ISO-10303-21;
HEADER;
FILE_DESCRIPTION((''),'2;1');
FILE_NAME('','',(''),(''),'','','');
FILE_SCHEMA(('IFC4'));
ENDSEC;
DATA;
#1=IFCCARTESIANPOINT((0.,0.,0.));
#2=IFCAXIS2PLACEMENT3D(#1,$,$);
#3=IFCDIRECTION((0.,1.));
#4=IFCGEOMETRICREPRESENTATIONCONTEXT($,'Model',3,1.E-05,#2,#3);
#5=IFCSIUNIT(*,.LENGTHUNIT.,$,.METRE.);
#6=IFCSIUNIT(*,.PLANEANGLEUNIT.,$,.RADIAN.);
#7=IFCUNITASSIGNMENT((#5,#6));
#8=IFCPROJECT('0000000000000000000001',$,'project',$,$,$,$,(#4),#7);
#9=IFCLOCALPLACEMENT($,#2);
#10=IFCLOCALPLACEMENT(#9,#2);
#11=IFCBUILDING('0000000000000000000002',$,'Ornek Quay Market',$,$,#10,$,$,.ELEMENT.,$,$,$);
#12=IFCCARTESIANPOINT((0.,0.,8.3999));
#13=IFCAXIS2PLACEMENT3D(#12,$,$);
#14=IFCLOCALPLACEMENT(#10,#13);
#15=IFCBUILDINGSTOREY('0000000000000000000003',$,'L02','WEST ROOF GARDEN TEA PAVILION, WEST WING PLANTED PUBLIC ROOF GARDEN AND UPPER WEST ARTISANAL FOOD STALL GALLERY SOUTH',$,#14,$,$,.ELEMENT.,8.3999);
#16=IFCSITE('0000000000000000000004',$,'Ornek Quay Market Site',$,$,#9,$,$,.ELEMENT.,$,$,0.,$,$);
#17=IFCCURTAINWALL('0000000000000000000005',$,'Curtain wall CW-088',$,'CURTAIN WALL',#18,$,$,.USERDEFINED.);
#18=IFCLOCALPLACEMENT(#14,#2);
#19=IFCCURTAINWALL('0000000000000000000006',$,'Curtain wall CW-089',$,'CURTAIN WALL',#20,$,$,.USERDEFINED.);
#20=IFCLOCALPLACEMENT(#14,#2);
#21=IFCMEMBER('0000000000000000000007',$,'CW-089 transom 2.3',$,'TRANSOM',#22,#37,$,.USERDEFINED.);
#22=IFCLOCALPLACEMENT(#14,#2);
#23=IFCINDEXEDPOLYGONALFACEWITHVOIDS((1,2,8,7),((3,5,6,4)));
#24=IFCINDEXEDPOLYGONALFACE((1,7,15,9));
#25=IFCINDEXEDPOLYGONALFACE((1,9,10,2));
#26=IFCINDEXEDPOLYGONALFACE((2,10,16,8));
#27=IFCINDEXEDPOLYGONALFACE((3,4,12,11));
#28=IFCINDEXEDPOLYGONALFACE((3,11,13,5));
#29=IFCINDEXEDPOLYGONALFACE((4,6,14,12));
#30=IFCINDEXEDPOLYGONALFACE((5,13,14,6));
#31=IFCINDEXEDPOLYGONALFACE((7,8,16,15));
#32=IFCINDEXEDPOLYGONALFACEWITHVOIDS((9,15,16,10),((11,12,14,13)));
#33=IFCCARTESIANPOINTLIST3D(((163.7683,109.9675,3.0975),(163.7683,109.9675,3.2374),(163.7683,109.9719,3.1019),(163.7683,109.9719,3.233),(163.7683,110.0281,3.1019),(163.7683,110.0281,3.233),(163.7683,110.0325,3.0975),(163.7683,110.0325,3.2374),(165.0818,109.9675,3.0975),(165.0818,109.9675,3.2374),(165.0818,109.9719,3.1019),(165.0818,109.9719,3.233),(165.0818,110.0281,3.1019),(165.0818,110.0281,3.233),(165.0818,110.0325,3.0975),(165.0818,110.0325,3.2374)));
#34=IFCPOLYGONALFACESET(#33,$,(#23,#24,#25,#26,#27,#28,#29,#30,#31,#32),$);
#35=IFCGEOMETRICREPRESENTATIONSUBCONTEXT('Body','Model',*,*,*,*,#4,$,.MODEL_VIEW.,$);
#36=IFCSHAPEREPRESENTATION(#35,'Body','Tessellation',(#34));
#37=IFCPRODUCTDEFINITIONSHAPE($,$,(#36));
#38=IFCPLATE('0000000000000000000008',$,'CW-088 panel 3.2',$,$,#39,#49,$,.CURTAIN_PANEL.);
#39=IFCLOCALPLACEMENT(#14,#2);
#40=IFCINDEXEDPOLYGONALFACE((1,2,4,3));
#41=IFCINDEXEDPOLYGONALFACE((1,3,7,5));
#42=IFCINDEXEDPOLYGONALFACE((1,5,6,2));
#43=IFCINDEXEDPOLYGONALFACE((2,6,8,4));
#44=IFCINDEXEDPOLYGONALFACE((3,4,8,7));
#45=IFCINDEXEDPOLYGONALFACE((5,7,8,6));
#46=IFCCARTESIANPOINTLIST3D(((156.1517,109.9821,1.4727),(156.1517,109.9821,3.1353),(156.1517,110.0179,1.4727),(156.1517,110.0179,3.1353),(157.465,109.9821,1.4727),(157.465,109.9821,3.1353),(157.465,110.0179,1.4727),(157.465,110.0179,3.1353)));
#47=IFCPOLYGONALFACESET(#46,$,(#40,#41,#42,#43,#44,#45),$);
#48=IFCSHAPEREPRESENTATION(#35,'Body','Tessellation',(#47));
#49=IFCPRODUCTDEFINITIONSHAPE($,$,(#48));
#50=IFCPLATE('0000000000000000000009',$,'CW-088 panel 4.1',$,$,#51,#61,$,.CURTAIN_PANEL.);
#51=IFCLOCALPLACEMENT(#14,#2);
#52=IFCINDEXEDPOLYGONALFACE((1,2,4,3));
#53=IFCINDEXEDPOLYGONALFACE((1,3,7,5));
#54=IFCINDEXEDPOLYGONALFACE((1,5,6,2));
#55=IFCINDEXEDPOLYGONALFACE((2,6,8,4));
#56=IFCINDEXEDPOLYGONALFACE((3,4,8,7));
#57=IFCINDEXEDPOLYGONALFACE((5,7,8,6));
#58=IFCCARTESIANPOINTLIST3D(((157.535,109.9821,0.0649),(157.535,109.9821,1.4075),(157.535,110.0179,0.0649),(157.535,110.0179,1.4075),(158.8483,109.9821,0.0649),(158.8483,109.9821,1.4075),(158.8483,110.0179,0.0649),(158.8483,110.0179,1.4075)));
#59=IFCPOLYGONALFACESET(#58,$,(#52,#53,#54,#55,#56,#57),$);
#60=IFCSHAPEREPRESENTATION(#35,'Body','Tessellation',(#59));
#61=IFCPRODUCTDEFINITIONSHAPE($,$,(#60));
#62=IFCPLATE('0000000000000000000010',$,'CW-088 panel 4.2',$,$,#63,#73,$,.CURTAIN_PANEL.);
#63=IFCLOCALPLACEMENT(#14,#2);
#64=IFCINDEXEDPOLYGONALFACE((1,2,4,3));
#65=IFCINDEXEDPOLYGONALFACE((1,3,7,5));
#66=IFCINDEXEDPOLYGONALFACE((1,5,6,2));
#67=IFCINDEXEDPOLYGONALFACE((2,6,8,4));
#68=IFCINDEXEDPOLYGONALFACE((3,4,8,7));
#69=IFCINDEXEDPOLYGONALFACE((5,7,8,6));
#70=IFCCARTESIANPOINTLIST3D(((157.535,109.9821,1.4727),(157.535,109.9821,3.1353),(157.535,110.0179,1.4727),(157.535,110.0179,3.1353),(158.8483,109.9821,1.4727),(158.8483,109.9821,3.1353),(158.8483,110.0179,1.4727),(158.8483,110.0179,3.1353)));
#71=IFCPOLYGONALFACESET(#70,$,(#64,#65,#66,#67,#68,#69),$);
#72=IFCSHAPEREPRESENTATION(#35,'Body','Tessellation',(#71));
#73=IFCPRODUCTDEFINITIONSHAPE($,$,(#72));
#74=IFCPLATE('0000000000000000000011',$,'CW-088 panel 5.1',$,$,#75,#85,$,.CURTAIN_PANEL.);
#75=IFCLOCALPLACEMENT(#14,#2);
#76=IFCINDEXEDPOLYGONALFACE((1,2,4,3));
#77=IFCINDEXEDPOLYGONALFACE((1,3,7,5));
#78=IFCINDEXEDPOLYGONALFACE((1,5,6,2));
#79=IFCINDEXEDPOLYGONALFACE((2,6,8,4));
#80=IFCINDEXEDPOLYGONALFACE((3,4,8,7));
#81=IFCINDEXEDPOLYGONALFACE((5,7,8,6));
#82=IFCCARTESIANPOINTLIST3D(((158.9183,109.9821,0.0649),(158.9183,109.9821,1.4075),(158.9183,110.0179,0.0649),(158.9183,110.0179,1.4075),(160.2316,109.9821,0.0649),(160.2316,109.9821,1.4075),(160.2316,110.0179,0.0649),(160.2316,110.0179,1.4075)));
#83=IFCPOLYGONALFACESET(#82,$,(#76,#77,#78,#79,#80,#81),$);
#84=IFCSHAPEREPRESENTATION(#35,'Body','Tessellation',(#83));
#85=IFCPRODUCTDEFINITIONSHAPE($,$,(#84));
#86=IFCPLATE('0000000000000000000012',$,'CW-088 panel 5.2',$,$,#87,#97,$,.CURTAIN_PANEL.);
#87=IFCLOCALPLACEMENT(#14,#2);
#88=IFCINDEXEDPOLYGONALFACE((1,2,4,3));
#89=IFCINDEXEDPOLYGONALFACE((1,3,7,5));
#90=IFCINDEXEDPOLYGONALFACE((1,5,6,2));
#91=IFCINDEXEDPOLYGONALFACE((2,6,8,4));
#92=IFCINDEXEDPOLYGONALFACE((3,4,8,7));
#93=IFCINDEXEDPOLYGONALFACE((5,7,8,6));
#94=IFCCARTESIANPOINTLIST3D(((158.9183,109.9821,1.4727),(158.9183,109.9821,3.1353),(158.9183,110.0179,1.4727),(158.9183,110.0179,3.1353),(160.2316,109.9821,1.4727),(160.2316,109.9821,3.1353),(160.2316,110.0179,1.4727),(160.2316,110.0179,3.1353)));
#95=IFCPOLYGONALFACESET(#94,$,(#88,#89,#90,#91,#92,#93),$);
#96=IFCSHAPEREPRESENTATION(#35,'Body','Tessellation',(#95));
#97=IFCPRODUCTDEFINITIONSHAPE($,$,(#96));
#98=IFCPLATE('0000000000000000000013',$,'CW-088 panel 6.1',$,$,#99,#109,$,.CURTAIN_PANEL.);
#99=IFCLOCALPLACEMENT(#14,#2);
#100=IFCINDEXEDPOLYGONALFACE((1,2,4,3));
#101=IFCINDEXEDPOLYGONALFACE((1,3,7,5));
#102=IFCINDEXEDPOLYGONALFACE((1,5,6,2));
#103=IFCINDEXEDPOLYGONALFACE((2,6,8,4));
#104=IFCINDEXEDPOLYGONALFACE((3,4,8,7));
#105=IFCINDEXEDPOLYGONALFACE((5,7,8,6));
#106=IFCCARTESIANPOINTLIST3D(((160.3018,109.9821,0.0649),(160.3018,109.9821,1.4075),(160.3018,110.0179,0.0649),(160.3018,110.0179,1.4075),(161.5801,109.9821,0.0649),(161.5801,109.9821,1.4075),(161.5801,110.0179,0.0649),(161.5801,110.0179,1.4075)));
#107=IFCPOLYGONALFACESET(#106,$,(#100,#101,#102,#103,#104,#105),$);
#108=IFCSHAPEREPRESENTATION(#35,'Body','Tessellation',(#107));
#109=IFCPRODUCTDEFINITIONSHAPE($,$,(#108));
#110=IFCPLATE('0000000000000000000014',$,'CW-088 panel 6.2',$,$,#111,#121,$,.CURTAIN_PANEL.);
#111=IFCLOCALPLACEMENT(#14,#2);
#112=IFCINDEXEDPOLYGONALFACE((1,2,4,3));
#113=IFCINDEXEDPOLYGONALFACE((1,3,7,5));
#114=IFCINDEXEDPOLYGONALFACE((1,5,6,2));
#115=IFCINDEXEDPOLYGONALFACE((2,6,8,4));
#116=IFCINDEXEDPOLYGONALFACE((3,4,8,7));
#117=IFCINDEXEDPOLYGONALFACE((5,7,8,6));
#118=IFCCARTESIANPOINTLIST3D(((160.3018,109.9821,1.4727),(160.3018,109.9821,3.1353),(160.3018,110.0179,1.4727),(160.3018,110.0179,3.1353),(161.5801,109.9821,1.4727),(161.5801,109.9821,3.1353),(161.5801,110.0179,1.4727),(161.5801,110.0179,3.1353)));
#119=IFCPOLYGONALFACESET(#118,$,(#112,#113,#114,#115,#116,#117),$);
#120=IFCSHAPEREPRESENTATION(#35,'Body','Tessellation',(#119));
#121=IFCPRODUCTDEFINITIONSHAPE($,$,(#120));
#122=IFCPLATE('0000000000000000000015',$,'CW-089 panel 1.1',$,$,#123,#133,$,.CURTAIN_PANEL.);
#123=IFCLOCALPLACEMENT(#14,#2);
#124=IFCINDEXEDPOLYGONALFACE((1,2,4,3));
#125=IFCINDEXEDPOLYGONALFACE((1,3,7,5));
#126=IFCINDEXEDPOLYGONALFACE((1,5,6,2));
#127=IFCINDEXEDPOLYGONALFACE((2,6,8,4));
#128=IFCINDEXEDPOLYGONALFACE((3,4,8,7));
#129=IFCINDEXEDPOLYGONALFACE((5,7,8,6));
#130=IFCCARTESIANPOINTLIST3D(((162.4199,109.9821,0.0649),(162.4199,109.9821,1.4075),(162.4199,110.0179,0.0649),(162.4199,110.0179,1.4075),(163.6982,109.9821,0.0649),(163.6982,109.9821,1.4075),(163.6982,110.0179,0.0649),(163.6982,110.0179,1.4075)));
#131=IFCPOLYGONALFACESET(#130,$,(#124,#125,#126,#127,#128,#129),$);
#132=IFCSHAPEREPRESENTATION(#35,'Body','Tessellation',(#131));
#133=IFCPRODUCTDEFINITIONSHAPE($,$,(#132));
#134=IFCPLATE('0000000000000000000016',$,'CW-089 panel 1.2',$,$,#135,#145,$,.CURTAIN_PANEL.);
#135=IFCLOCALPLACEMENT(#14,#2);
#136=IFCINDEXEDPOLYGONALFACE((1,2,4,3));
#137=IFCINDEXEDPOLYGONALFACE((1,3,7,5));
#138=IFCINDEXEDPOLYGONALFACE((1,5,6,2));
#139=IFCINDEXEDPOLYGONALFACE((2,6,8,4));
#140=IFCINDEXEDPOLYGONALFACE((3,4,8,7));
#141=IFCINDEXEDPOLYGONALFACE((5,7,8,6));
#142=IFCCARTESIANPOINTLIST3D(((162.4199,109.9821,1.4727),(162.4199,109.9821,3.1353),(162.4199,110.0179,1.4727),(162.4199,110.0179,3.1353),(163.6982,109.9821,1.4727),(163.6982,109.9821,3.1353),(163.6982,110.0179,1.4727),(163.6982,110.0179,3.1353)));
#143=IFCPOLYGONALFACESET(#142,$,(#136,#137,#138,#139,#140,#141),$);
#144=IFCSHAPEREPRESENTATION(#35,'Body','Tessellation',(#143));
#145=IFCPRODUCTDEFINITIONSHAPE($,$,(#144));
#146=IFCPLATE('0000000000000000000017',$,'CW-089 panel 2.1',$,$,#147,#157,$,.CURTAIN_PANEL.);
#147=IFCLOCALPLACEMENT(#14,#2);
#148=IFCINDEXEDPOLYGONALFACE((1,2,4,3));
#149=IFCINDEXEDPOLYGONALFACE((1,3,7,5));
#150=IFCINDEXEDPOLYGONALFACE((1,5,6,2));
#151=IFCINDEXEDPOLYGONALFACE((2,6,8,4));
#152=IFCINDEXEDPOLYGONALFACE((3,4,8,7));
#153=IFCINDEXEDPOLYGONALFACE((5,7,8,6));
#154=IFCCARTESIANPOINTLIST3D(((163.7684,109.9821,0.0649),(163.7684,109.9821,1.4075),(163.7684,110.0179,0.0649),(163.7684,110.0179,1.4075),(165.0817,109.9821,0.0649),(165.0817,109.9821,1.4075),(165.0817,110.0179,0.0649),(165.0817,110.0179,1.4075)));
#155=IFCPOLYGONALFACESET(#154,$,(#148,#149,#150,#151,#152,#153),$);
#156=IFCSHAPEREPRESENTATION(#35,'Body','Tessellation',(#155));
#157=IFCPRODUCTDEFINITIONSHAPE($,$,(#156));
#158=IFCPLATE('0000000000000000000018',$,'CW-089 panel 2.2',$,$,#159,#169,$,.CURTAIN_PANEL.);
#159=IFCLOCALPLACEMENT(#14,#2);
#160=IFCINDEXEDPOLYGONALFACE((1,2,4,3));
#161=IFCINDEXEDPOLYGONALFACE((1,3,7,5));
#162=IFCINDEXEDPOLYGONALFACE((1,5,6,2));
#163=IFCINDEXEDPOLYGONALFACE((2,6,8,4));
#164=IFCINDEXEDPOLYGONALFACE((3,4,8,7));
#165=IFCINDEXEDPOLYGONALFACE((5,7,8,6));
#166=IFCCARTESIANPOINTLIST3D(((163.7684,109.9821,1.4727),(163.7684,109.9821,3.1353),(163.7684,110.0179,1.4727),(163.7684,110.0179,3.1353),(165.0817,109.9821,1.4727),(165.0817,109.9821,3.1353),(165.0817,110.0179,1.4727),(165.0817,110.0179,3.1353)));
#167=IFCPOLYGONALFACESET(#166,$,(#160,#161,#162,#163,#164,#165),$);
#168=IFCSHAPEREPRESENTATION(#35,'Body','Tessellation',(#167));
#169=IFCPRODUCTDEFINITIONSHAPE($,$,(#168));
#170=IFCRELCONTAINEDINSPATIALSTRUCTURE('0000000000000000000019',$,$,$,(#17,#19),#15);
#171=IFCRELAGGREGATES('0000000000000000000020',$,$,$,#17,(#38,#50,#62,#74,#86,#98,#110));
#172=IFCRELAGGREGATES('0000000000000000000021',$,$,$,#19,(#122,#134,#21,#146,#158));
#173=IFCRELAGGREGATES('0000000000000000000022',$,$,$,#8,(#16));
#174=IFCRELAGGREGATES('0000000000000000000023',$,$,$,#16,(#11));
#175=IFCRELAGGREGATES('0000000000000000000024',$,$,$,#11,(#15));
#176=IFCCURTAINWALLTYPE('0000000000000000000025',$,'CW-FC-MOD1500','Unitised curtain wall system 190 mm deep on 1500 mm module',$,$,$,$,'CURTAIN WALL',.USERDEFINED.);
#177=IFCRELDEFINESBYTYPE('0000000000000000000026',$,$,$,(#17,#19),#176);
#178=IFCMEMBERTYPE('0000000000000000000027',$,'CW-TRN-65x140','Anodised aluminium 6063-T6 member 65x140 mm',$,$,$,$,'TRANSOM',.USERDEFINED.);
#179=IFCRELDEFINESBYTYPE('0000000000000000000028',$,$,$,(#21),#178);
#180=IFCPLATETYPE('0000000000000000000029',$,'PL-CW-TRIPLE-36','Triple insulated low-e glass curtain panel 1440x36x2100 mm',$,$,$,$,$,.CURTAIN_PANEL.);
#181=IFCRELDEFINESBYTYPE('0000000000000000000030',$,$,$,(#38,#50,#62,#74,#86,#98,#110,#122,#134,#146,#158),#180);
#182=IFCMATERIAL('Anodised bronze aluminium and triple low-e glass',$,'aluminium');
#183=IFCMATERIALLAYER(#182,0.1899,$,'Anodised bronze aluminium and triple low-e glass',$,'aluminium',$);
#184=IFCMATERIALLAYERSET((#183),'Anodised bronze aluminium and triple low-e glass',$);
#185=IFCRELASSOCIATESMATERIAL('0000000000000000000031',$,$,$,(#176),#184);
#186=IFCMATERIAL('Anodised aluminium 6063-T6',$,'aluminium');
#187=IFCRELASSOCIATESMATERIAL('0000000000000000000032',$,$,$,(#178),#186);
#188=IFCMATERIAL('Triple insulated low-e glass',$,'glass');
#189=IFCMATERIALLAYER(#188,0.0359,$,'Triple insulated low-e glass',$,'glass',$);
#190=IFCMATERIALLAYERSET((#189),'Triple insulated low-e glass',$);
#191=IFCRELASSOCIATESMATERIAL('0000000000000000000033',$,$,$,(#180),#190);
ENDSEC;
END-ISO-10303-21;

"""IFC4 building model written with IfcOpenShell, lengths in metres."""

from ifc_helpers import new_model, si_unit, direction, frame, origin, origin_2d, place, context, subcontext, project, spatial, rectangle, hollow_rectangle, extrude, material, layer, layer_set, material_profile, profile_set, type_object, element, aggregate, save


model = new_model("IFC4")

# Units and contexts
model_context = context("Model", 3, precision=1e-05, world=origin(), true_north=direction((0.0, 1.0)))
body_context = subcontext(model_context, "Body", "Model", "MODEL_VIEW")
ifc_project = project(units=[si_unit("LENGTHUNIT", "METRE"), si_unit("PLANEANGLEUNIT", "RADIAN")], contexts=[model_context])

# Site, building, storey
site_placement = place(None, origin())
site = spatial("IfcSite", under=ifc_project, at=site_placement, Name="Ornek Quay Market Site", CompositionType="ELEMENT", RefElevation=0.0)
building_placement = place(site_placement, origin())
building = spatial("IfcBuilding", under=site, at=building_placement, Name="Ornek Quay Market", CompositionType="ELEMENT")
storey_placement = place(building_placement, frame((0.0, 0.0, 8.3999)))
storey = spatial("IfcBuildingStorey", under=building, at=storey_placement, Name="L02", Description="WEST ROOF GARDEN TEA PAVILION, WEST WING PLANTED PUBLIC ROOF GARDEN AND UPPER WEST ARTISANAL FOOD STALL GALLERY SOUTH", CompositionType="ELEMENT", Elevation=8.3999)

# Curtain walls
ifc_material_1 = material(Name="Anodised bronze aluminium and triple low-e glass", Category="aluminium")
ifc_layer_1 = layer(ifc_material_1, 0.1899, Name="Anodised bronze aluminium and triple low-e glass", Category="aluminium")
ifc_layer_set_1 = layer_set([ifc_layer_1], Name="Anodised bronze aluminium and triple low-e glass")
curtain_wall_type = type_object("IfcCurtainWallType", Name="CW-FC-MOD1500", Description="Unitised curtain wall system 190 mm deep on 1500 mm module", ElementType="CURTAIN WALL", PredefinedType="USERDEFINED", material=ifc_layer_set_1)
curtain_wall_1_placement = place(storey_placement, origin())
curtain_wall_1 = element("IfcCurtainWall", 1, at=curtain_wall_1_placement, inside=storey, type_object=curtain_wall_type, Name="Curtain wall CW-088", ObjectType="CURTAIN WALL", PredefinedType="USERDEFINED")
ifc_material_2 = material(Name="Anodised aluminium 6063-T6", Category="aluminium")
curtain_wall_2_placement = place(storey_placement, origin())
curtain_wall_2 = element("IfcCurtainWall", 2, at=curtain_wall_2_placement, inside=storey, type_object=curtain_wall_type, Name="Curtain wall CW-089", ObjectType="CURTAIN WALL", PredefinedType="USERDEFINED")

# Member
ifc_material_profile_1 = material_profile(ifc_material_2, hollow_rectangle(XDim=0.0649, YDim=0.1399, WallThickness=0.0044, at=origin_2d()), Name="CW-TRN-65x140", Category="aluminium")
ifc_profile_set_1 = profile_set([ifc_material_profile_1], Name="Anodised aluminium 6063-T6")
member_type_1 = type_object("IfcMemberType", Name="CW-TRN-65x140", Description="Anodised aluminium 6063-T6 member 65x140 mm", ElementType="TRANSOM", PredefinedType="USERDEFINED", material=ifc_profile_set_1)
member_1_placement = place(storey_placement, frame((163.7683, 110.0, 3.1675), z_axis=(1.0, 0.0, 0.0), x_axis=(0.0, 1.0, 0.0)))
member_1 = element("IfcMember", 3, at=member_1_placement, type_object=member_type_1, Name="CW-089 transom 2.3", ObjectType="TRANSOM", PredefinedType="USERDEFINED", context=body_context, shape_type="SweptSolid", body=[
    extrude(hollow_rectangle(XDim=0.0649, YDim=0.1399, WallThickness=0.0044, at=origin_2d()), origin(), (0.0, 0.0, 1.0), 1.3135),
])

# Plates
ifc_material_3 = material(Name="Triple insulated low-e glass", Category="glass")
ifc_layer_2 = layer(ifc_material_3, 0.0359, Name="Triple insulated low-e glass", Category="glass")
ifc_layer_set_2 = layer_set([ifc_layer_2], Name="Triple insulated low-e glass")
plate_type = type_object("IfcPlateType", Name="PL-CW-TRIPLE-36", Description="Triple insulated low-e glass curtain panel 1440x36x2100 mm", PredefinedType="CURTAIN_PANEL", material=ifc_layer_set_2)
plate_1_placement = place(storey_placement, frame((156.8083, 110.0, 1.4727), z_axis=(0.0, 0.0, 1.0), x_axis=(1.0, 0.0, 0.0)))
plate_1 = element("IfcPlate", 4, at=plate_1_placement, type_object=plate_type, Name="CW-088 panel 3.2", PredefinedType="CURTAIN_PANEL", context=body_context, shape_type="SweptSolid", body=[
    extrude(rectangle(XDim=1.3132, YDim=0.0359, at=origin_2d()), origin(), (0.0, 0.0, 1.0), 1.6626),
])
plate_2_placement = place(storey_placement, frame((158.1917, 110.0, 0.0649), z_axis=(0.0, 0.0, 1.0), x_axis=(1.0, 0.0, 0.0)))
plate_2 = element("IfcPlate", 5, at=plate_2_placement, type_object=plate_type, Name="CW-088 panel 4.1", PredefinedType="CURTAIN_PANEL", context=body_context, shape_type="SweptSolid", body=[
    extrude(rectangle(XDim=1.3132, YDim=0.0359, at=origin_2d()), origin(), (0.0, 0.0, 1.0), 1.3425),
])
plate_3_placement = place(storey_placement, frame((158.1917, 110.0, 1.4727), z_axis=(0.0, 0.0, 1.0), x_axis=(1.0, 0.0, 0.0)))
plate_3 = element("IfcPlate", 6, at=plate_3_placement, type_object=plate_type, Name="CW-088 panel 4.2", PredefinedType="CURTAIN_PANEL", context=body_context, shape_type="SweptSolid", body=[
    extrude(rectangle(XDim=1.3132, YDim=0.0359, at=origin_2d()), origin(), (0.0, 0.0, 1.0), 1.6626),
])
plate_4_placement = place(storey_placement, frame((159.575, 110.0, 0.0649), z_axis=(0.0, 0.0, 1.0), x_axis=(1.0, 0.0, 0.0)))
plate_4 = element("IfcPlate", 7, at=plate_4_placement, type_object=plate_type, Name="CW-088 panel 5.1", PredefinedType="CURTAIN_PANEL", context=body_context, shape_type="SweptSolid", body=[
    extrude(rectangle(XDim=1.3132, YDim=0.0359, at=origin_2d()), origin(), (0.0, 0.0, 1.0), 1.3425),
])
plate_5_placement = place(storey_placement, frame((159.575, 110.0, 1.4727), z_axis=(0.0, 0.0, 1.0), x_axis=(1.0, 0.0, 0.0)))
plate_5 = element("IfcPlate", 8, at=plate_5_placement, type_object=plate_type, Name="CW-088 panel 5.2", PredefinedType="CURTAIN_PANEL", context=body_context, shape_type="SweptSolid", body=[
    extrude(rectangle(XDim=1.3132, YDim=0.0359, at=origin_2d()), origin(), (0.0, 0.0, 1.0), 1.6626),
])
plate_6_placement = place(storey_placement, frame((160.9409, 110.0, 0.0649), z_axis=(0.0, 0.0, 1.0), x_axis=(1.0, 0.0, 0.0)))
plate_6 = element("IfcPlate", 9, at=plate_6_placement, type_object=plate_type, Name="CW-088 panel 6.1", PredefinedType="CURTAIN_PANEL", context=body_context, shape_type="SweptSolid", body=[
    extrude(rectangle(XDim=1.2783, YDim=0.0359, at=origin_2d()), origin(), (0.0, 0.0, 1.0), 1.3425),
])
plate_7_placement = place(storey_placement, frame((160.9409, 110.0, 1.4727), z_axis=(0.0, 0.0, 1.0), x_axis=(1.0, 0.0, 0.0)))
plate_7 = element("IfcPlate", 10, at=plate_7_placement, type_object=plate_type, Name="CW-088 panel 6.2", PredefinedType="CURTAIN_PANEL", context=body_context, shape_type="SweptSolid", body=[
    extrude(rectangle(XDim=1.2783, YDim=0.0359, at=origin_2d()), origin(), (0.0, 0.0, 1.0), 1.6626),
])
aggregate(curtain_wall_1, [plate_1, plate_2, plate_3, plate_4, plate_5, plate_6, plate_7])
plate_8_placement = place(storey_placement, frame((163.0591, 110.0, 0.0649), z_axis=(0.0, 0.0, 1.0), x_axis=(1.0, 0.0, 0.0)))
plate_8 = element("IfcPlate", 11, at=plate_8_placement, type_object=plate_type, Name="CW-089 panel 1.1", PredefinedType="CURTAIN_PANEL", context=body_context, shape_type="SweptSolid", body=[
    extrude(rectangle(XDim=1.2783, YDim=0.0359, at=origin_2d()), origin(), (0.0, 0.0, 1.0), 1.3425),
])
plate_9_placement = place(storey_placement, frame((163.0591, 110.0, 1.4727), z_axis=(0.0, 0.0, 1.0), x_axis=(1.0, 0.0, 0.0)))
plate_9 = element("IfcPlate", 12, at=plate_9_placement, type_object=plate_type, Name="CW-089 panel 1.2", PredefinedType="CURTAIN_PANEL", context=body_context, shape_type="SweptSolid", body=[
    extrude(rectangle(XDim=1.2783, YDim=0.0359, at=origin_2d()), origin(), (0.0, 0.0, 1.0), 1.6626),
])
plate_10_placement = place(storey_placement, frame((164.425, 110.0, 0.0649), z_axis=(0.0, 0.0, 1.0), x_axis=(1.0, 0.0, 0.0)))
plate_10 = element("IfcPlate", 13, at=plate_10_placement, type_object=plate_type, Name="CW-089 panel 2.1", PredefinedType="CURTAIN_PANEL", context=body_context, shape_type="SweptSolid", body=[
    extrude(rectangle(XDim=1.3132, YDim=0.0359, at=origin_2d()), origin(), (0.0, 0.0, 1.0), 1.3425),
])
plate_11_placement = place(storey_placement, frame((164.425, 110.0, 1.4727), z_axis=(0.0, 0.0, 1.0), x_axis=(1.0, 0.0, 0.0)))
plate_11 = element("IfcPlate", 14, at=plate_11_placement, type_object=plate_type, Name="CW-089 panel 2.2", PredefinedType="CURTAIN_PANEL", context=body_context, shape_type="SweptSolid", body=[
    extrude(rectangle(XDim=1.3132, YDim=0.0359, at=origin_2d()), origin(), (0.0, 0.0, 1.0), 1.6626),
])
aggregate(curtain_wall_2, [plate_8, plate_9, member_1, plate_10, plate_11])

save(model, "model.ifc")
